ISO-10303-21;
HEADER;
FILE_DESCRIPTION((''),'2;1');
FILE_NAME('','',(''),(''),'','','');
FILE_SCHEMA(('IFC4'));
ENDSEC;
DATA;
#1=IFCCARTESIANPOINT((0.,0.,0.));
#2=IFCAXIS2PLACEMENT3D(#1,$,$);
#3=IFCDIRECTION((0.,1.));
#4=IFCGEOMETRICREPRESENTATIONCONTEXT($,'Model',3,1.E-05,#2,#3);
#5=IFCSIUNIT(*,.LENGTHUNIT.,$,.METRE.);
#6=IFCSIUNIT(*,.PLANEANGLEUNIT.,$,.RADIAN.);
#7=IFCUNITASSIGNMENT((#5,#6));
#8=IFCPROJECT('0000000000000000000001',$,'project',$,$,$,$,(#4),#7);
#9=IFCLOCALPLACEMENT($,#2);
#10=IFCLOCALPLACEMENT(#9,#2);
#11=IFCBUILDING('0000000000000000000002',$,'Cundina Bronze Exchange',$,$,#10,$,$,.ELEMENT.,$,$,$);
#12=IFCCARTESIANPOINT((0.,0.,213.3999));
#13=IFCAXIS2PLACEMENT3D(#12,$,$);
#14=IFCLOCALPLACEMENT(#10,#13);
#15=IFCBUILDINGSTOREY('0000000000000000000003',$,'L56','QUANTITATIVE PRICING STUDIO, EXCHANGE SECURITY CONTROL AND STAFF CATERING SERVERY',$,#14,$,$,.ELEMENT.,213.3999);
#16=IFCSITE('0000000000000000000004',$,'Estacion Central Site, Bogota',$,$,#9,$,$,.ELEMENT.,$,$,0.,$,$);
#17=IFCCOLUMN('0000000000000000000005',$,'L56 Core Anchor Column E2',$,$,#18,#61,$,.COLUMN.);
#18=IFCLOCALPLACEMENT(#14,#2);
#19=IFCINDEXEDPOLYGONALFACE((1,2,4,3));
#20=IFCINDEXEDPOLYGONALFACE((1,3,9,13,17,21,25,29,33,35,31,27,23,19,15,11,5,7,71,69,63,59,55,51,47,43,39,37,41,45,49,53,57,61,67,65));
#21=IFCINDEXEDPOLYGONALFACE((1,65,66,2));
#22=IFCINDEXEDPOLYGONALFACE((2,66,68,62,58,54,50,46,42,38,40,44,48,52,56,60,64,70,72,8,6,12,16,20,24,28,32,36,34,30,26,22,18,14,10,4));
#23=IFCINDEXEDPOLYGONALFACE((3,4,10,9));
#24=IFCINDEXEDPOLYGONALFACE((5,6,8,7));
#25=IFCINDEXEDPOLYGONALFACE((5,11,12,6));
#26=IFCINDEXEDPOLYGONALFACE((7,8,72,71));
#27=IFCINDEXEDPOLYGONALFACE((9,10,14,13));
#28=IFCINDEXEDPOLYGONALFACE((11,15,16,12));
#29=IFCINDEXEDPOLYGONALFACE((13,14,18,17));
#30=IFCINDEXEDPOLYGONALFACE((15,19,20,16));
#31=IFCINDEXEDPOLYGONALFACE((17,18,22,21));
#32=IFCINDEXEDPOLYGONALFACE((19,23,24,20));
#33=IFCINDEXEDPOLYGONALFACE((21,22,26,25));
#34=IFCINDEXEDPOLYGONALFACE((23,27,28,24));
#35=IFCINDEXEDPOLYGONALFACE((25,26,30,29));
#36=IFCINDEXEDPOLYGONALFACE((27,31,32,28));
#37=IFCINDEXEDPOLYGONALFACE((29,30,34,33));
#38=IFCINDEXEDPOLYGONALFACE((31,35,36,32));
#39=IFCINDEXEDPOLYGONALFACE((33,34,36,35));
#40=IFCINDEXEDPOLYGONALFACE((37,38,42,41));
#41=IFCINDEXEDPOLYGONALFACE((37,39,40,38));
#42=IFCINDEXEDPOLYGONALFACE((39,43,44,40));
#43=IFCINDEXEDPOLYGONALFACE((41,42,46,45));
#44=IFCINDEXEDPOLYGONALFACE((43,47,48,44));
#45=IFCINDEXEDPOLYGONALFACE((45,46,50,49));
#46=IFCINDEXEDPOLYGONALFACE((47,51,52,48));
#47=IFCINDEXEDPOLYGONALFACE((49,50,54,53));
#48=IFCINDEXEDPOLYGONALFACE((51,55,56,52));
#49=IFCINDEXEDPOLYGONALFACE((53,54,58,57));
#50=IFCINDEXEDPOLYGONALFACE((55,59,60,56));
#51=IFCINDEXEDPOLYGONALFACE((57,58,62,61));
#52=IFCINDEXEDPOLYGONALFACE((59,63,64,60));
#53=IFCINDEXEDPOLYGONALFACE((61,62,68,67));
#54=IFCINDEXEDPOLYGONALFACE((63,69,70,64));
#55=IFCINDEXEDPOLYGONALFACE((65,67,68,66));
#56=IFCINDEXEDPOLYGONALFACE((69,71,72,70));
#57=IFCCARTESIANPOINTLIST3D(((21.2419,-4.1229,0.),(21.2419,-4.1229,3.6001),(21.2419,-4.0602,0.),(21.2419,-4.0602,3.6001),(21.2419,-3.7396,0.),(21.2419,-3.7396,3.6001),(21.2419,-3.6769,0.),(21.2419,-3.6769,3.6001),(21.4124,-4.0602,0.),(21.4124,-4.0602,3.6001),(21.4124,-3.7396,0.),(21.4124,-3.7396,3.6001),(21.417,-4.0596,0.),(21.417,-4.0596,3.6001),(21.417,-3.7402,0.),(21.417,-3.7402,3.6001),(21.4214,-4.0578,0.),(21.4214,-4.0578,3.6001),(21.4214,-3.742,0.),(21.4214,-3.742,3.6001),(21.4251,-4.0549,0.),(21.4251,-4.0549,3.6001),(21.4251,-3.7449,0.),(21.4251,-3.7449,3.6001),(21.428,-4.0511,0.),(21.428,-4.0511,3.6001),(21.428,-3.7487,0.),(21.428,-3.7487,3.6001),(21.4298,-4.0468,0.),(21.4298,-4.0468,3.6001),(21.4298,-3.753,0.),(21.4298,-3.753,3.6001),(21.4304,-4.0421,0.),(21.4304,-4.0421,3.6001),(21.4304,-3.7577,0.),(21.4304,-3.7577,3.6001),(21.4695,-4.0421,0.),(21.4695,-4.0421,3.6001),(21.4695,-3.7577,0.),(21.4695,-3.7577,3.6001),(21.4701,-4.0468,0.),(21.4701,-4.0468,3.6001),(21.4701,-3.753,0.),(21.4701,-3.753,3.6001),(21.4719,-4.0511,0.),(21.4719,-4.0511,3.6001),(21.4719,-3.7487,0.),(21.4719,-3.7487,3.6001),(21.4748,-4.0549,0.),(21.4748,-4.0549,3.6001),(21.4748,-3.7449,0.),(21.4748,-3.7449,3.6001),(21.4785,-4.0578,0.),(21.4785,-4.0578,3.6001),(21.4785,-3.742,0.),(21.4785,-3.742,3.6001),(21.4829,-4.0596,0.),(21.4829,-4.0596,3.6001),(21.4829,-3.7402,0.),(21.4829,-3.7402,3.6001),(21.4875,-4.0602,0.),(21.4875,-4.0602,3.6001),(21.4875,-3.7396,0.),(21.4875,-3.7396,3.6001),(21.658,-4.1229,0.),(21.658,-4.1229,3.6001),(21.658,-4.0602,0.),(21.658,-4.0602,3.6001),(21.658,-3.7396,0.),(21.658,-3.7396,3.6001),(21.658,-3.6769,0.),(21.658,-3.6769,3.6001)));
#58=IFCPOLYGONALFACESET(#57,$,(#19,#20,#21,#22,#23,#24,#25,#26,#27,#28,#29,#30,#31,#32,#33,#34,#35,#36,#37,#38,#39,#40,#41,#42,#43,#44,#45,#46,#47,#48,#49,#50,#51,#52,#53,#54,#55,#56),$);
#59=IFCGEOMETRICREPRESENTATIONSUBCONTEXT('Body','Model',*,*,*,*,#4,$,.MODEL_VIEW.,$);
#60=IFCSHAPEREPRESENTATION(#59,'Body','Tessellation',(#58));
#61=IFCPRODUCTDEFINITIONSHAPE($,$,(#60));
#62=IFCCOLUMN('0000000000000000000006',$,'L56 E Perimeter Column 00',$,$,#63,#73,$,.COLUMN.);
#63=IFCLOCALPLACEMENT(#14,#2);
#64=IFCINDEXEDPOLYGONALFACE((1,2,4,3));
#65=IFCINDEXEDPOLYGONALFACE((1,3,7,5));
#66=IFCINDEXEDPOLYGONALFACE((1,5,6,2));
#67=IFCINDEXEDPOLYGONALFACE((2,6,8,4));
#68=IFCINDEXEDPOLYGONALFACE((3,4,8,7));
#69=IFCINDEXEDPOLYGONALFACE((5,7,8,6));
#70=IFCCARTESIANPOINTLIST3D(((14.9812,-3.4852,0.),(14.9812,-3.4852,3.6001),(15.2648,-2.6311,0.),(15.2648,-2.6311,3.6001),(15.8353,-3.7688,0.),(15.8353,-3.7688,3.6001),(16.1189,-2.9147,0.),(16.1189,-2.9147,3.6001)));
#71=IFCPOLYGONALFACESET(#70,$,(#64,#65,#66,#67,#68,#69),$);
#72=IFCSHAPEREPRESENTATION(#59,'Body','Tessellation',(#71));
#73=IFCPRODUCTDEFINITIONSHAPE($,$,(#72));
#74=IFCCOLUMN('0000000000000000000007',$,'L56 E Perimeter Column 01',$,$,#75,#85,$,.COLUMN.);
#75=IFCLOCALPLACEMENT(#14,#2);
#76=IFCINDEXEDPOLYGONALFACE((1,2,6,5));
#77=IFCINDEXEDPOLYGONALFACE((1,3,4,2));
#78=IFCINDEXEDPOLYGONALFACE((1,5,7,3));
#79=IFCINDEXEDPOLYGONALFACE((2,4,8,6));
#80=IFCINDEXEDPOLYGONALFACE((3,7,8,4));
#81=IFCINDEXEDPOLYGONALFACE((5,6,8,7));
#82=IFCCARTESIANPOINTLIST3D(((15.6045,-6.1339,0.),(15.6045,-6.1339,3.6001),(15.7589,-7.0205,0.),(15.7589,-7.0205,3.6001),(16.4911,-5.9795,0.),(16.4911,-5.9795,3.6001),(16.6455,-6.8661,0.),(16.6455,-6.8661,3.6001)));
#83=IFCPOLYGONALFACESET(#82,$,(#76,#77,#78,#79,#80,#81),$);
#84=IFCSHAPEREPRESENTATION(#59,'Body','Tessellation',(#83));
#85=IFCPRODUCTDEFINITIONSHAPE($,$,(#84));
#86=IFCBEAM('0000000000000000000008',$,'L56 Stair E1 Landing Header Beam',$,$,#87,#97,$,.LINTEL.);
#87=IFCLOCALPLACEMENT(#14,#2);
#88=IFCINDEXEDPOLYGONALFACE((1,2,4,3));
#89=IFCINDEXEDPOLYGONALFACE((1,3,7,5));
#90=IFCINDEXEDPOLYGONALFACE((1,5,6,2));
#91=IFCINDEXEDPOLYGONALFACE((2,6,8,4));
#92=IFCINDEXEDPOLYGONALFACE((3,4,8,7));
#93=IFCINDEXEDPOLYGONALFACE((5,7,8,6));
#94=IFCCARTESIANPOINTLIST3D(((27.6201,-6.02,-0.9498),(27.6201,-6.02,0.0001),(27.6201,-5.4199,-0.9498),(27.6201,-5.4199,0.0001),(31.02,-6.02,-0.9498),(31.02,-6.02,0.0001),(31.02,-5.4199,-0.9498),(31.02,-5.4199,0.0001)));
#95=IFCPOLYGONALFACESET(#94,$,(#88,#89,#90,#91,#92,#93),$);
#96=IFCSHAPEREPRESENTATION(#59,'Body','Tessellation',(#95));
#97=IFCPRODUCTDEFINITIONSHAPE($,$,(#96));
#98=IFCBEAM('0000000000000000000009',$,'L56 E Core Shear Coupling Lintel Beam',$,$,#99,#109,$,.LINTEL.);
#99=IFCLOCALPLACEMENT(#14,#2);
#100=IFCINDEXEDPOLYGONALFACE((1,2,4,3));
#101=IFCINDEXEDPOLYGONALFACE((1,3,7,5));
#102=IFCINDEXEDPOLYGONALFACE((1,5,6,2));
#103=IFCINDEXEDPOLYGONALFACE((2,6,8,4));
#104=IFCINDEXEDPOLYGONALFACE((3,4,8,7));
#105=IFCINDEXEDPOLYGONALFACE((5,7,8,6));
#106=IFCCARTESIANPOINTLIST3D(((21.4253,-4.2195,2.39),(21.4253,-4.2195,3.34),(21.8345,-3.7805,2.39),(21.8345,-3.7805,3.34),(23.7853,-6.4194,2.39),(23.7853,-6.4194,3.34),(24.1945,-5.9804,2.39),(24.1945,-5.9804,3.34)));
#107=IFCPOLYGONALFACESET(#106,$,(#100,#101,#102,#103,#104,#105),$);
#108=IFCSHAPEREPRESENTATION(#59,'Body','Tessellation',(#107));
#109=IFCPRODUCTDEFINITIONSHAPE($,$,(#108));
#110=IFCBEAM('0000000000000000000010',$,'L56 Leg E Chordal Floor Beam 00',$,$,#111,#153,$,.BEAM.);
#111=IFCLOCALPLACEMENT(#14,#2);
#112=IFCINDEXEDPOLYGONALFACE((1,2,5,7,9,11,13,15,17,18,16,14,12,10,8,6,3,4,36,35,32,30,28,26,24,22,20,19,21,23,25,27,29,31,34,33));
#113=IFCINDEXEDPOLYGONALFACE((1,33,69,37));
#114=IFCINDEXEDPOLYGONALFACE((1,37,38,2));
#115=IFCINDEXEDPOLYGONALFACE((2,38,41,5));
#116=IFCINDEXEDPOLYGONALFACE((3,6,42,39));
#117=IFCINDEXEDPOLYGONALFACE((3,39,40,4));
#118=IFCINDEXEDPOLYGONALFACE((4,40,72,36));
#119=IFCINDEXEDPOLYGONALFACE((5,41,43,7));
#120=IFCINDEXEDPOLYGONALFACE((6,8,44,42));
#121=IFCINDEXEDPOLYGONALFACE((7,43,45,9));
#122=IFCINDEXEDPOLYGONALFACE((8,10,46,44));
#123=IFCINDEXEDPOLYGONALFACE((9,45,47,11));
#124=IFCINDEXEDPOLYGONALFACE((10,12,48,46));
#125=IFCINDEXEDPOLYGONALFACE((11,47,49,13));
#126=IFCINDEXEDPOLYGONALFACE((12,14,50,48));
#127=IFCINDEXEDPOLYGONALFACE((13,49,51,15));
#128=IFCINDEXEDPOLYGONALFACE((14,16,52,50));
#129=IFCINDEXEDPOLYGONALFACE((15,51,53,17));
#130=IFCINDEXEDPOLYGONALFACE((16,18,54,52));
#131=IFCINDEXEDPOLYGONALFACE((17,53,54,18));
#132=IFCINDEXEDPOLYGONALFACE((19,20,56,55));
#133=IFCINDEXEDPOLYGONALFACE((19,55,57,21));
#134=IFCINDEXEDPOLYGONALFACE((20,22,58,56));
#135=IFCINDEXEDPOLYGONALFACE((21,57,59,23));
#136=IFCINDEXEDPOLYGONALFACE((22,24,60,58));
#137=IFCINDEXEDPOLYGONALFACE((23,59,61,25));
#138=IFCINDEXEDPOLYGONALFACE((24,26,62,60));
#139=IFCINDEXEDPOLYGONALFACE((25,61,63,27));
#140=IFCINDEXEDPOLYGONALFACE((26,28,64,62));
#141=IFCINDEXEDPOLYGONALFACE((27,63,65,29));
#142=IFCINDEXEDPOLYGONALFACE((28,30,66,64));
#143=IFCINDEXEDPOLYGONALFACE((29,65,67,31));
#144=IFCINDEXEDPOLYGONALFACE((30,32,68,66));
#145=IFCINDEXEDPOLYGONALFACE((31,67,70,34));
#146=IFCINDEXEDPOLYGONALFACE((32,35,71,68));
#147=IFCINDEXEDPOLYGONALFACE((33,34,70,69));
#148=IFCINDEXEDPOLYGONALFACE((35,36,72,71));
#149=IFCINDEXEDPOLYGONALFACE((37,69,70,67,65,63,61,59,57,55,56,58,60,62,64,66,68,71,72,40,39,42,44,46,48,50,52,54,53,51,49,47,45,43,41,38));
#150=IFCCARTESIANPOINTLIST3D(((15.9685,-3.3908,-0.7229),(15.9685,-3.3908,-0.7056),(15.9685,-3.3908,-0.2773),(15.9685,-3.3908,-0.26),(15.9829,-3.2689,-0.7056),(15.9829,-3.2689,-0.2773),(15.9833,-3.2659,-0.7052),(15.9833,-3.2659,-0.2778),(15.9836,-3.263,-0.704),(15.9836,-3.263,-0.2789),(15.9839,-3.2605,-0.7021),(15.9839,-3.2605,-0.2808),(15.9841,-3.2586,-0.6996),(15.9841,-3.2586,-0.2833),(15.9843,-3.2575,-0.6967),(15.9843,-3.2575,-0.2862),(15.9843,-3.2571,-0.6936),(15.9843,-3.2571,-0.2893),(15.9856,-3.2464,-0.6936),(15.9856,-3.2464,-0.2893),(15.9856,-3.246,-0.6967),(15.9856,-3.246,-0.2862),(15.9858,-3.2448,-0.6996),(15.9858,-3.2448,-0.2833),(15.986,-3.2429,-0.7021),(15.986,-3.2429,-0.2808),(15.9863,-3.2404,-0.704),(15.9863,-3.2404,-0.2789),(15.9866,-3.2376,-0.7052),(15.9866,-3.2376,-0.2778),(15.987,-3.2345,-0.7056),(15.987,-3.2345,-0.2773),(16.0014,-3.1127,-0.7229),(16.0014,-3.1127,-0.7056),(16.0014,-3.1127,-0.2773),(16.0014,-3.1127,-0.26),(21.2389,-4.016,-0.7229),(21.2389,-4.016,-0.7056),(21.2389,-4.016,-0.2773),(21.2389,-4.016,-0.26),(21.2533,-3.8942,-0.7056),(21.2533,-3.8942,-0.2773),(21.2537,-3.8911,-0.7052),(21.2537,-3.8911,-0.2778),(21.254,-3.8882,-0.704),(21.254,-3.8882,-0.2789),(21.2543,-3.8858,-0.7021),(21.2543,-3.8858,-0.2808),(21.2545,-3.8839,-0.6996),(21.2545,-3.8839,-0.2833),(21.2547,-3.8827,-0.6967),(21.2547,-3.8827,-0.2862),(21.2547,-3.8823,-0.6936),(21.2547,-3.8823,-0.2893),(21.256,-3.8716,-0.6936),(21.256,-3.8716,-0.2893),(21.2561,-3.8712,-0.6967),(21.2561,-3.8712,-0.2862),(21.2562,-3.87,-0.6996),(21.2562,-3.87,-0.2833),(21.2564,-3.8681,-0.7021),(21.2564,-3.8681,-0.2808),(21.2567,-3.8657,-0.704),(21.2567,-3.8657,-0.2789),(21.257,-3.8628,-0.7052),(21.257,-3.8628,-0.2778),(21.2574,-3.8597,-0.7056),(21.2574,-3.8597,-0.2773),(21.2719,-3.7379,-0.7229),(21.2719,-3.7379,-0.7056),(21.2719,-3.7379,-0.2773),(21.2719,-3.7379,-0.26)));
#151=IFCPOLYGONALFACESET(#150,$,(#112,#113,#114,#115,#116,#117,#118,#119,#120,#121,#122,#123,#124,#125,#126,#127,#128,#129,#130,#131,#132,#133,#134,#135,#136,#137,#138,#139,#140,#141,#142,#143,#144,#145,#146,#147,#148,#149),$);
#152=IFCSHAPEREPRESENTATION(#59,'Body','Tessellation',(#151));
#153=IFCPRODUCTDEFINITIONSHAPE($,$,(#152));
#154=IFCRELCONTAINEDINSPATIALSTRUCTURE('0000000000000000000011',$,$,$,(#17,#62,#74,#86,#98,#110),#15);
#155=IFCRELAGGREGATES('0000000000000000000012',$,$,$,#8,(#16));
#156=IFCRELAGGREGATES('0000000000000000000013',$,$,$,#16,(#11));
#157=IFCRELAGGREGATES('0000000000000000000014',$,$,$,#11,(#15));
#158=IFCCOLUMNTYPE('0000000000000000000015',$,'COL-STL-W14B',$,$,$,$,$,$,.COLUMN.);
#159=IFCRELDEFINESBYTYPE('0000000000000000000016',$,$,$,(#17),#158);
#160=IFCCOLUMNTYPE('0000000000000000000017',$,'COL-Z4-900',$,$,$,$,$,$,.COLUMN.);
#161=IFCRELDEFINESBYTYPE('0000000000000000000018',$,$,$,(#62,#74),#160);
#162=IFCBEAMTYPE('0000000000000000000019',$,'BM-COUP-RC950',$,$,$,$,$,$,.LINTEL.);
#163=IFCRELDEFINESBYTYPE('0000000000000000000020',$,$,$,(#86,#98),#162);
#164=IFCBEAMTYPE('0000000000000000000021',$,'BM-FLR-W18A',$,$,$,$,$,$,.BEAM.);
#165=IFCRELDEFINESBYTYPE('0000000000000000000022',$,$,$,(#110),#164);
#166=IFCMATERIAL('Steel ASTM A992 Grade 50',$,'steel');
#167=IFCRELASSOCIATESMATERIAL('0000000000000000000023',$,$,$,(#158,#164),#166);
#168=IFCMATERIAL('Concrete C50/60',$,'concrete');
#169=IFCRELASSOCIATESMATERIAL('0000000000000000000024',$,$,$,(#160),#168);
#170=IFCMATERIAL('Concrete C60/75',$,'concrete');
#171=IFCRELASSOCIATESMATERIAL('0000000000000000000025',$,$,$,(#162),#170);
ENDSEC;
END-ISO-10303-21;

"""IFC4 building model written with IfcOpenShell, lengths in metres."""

from ifc_helpers import new_model, si_unit, direction, frame, origin, origin_2d, place, context, subcontext, project, spatial, rectangle, i_section, extrude, material, material_profile, profile_set, type_object, element, save


model = new_model("IFC4")

# Units and contexts
model_context = context("Model", 3, precision=1e-05, world=origin(), true_north=direction((0.0, 1.0)))
body_context = subcontext(model_context, "Body", "Model", "MODEL_VIEW")
ifc_project = project(units=[si_unit("LENGTHUNIT", "METRE"), si_unit("PLANEANGLEUNIT", "RADIAN")], contexts=[model_context])

# Site, building, storey
site_placement = place(None, origin())
site = spatial("IfcSite", under=ifc_project, at=site_placement, Name="Estacion Central Site, Bogota", CompositionType="ELEMENT", RefElevation=0.0)
building_placement = place(site_placement, origin())
building = spatial("IfcBuilding", under=site, at=building_placement, Name="Cundina Bronze Exchange", CompositionType="ELEMENT")
storey_placement = place(building_placement, frame((0.0, 0.0, 213.3999)))
storey = spatial("IfcBuildingStorey", under=building, at=storey_placement, Name="L56", Description="QUANTITATIVE PRICING STUDIO, EXCHANGE SECURITY CONTROL AND STAFF CATERING SERVERY", CompositionType="ELEMENT", Elevation=213.3999)

# Columns
ifc_material_1 = material(Name="Steel ASTM A992 Grade 50", Category="steel")
ifc_material_profile_1 = material_profile(ifc_material_1, i_section(OverallWidth=0.416, OverallDepth=0.446, WebThickness=0.0391, FlangeThickness=0.0627, FilletRadius=0.0181, at=origin_2d()), Name="W14X342", Category="steel")
ifc_profile_set_1 = profile_set([ifc_material_profile_1], Name="Steel ASTM A992 Grade 50")
column_type_1 = type_object("IfcColumnType", Name="COL-STL-W14B", PredefinedType="COLUMN", material=ifc_profile_set_1)
column_placement = place(storey_placement, frame((21.45, -3.8999, 0.0), z_axis=(0.0, 0.0, 1.0), x_axis=(1.0, 0.0, 0.0)))
element("IfcColumn", 1, at=column_placement, inside=storey, type_object=column_type_1, Name="L56 Core Anchor Column E2", PredefinedType="COLUMN", context=body_context, shape_type="SweptSolid", body=[
    extrude(i_section(OverallWidth=0.416, OverallDepth=0.446, WebThickness=0.0391, FlangeThickness=0.0627, FilletRadius=0.0181, at=origin_2d()), origin(), (0.0, 0.0, 1.0), 3.6001),
])
ifc_material_2 = material(Name="Concrete C50/60", Category="concrete")
ifc_material_profile_2 = material_profile(ifc_material_2, rectangle(XDim=0.8999, YDim=0.8999, at=origin_2d()), Name="RC900X900", Category="concrete")
ifc_profile_set_2 = profile_set([ifc_material_profile_2], Name="Concrete C50/60")
column_type_2 = type_object("IfcColumnType", Name="COL-Z4-900", PredefinedType="COLUMN", material=ifc_profile_set_2)
for number, where, z_axis, x_axis, name in (
    (2, (15.55, -3.2, 0.0), (0.0, 0.0, 1.0), (-0.315152, -0.949041, 0.0), "L56 E Perimeter Column 00"),
    (3, (16.125, -6.5, 0.0), (0.0, 0.0, 1.0), (0.171585, -0.985169, 0.0), "L56 E Perimeter Column 01"),
):
    element("IfcColumn", number, at=place(storey_placement, frame(where, z_axis=z_axis, x_axis=x_axis)), inside=storey, type_object=column_type_2, Name=name, PredefinedType="COLUMN", context=body_context, shape_type="SweptSolid", body=[
        extrude(rectangle(XDim=0.8999, YDim=0.8999, at=origin_2d()), origin(), (0.0, 0.0, 1.0), 3.6001),
    ])

# Beams
ifc_material_3 = material(Name="Concrete C60/75", Category="concrete")
ifc_material_profile_3 = material_profile(ifc_material_3, rectangle(XDim=0.6001, YDim=0.95, at=origin_2d()), Name="RC600X950", Category="concrete")
ifc_profile_set_3 = profile_set([ifc_material_profile_3], Name="Concrete C60/75")
beam_type_1 = type_object("IfcBeamType", Name="BM-COUP-RC950", PredefinedType="LINTEL", material=ifc_profile_set_3)
beam_1_placement = place(storey_placement, frame((27.6201, -5.72, -0.4749), z_axis=(1.0, 0.0, 0.0), x_axis=(0.0, 1.0, 0.0)))
element("IfcBeam", 4, at=beam_1_placement, inside=storey, type_object=beam_type_1, Name="L56 Stair E1 Landing Header Beam", PredefinedType="LINTEL", context=body_context, shape_type="SweptSolid", body=[
    extrude(rectangle(XDim=0.6001, YDim=0.95, at=origin_2d()), origin(), (0.0, 0.0, 1.0), 3.3999),
])
beam_2_placement = place(storey_placement, frame((21.6299, -4.0, 2.865), z_axis=(0.73149, -0.681852, 0.0), x_axis=(0.681852, 0.73149, 0.0)))
element("IfcBeam", 5, at=beam_2_placement, inside=storey, type_object=beam_type_1, Name="L56 E Core Shear Coupling Lintel Beam", PredefinedType="LINTEL", context=body_context, shape_type="SweptSolid", body=[
    extrude(rectangle(XDim=0.6001, YDim=0.95, at=origin_2d()), origin(), (0.0, 0.0, 1.0), 3.2263),
])
ifc_material_profile_4 = material_profile(ifc_material_1, i_section(OverallWidth=0.28, OverallDepth=0.4629, WebThickness=0.0107, FlangeThickness=0.0173, FilletRadius=0.012, at=origin_2d()), Name="W18X76", Category="steel")
ifc_profile_set_4 = profile_set([ifc_material_profile_4], Name="Steel ASTM A992 Grade 50")
beam_type_2 = type_object("IfcBeamType", Name="BM-FLR-W18A", PredefinedType="BEAM", material=ifc_profile_set_4)
beam_3_placement = place(storey_placement, frame((21.2554, -3.877, -0.4915), z_axis=(-0.993037, 0.117805, 0.0), x_axis=(-0.117805, -0.993037, 0.0)))
element("IfcBeam", 6, at=beam_3_placement, inside=storey, type_object=beam_type_2, Name="L56 Leg E Chordal Floor Beam 00", PredefinedType="BEAM", context=body_context, shape_type="SweptSolid", body=[
    extrude(i_section(OverallWidth=0.28, OverallDepth=0.4629, WebThickness=0.0107, FlangeThickness=0.0173, FilletRadius=0.012, at=origin_2d()), origin(), (0.0, 0.0, 1.0), 5.3074),
])

save(model, "model.ifc")
